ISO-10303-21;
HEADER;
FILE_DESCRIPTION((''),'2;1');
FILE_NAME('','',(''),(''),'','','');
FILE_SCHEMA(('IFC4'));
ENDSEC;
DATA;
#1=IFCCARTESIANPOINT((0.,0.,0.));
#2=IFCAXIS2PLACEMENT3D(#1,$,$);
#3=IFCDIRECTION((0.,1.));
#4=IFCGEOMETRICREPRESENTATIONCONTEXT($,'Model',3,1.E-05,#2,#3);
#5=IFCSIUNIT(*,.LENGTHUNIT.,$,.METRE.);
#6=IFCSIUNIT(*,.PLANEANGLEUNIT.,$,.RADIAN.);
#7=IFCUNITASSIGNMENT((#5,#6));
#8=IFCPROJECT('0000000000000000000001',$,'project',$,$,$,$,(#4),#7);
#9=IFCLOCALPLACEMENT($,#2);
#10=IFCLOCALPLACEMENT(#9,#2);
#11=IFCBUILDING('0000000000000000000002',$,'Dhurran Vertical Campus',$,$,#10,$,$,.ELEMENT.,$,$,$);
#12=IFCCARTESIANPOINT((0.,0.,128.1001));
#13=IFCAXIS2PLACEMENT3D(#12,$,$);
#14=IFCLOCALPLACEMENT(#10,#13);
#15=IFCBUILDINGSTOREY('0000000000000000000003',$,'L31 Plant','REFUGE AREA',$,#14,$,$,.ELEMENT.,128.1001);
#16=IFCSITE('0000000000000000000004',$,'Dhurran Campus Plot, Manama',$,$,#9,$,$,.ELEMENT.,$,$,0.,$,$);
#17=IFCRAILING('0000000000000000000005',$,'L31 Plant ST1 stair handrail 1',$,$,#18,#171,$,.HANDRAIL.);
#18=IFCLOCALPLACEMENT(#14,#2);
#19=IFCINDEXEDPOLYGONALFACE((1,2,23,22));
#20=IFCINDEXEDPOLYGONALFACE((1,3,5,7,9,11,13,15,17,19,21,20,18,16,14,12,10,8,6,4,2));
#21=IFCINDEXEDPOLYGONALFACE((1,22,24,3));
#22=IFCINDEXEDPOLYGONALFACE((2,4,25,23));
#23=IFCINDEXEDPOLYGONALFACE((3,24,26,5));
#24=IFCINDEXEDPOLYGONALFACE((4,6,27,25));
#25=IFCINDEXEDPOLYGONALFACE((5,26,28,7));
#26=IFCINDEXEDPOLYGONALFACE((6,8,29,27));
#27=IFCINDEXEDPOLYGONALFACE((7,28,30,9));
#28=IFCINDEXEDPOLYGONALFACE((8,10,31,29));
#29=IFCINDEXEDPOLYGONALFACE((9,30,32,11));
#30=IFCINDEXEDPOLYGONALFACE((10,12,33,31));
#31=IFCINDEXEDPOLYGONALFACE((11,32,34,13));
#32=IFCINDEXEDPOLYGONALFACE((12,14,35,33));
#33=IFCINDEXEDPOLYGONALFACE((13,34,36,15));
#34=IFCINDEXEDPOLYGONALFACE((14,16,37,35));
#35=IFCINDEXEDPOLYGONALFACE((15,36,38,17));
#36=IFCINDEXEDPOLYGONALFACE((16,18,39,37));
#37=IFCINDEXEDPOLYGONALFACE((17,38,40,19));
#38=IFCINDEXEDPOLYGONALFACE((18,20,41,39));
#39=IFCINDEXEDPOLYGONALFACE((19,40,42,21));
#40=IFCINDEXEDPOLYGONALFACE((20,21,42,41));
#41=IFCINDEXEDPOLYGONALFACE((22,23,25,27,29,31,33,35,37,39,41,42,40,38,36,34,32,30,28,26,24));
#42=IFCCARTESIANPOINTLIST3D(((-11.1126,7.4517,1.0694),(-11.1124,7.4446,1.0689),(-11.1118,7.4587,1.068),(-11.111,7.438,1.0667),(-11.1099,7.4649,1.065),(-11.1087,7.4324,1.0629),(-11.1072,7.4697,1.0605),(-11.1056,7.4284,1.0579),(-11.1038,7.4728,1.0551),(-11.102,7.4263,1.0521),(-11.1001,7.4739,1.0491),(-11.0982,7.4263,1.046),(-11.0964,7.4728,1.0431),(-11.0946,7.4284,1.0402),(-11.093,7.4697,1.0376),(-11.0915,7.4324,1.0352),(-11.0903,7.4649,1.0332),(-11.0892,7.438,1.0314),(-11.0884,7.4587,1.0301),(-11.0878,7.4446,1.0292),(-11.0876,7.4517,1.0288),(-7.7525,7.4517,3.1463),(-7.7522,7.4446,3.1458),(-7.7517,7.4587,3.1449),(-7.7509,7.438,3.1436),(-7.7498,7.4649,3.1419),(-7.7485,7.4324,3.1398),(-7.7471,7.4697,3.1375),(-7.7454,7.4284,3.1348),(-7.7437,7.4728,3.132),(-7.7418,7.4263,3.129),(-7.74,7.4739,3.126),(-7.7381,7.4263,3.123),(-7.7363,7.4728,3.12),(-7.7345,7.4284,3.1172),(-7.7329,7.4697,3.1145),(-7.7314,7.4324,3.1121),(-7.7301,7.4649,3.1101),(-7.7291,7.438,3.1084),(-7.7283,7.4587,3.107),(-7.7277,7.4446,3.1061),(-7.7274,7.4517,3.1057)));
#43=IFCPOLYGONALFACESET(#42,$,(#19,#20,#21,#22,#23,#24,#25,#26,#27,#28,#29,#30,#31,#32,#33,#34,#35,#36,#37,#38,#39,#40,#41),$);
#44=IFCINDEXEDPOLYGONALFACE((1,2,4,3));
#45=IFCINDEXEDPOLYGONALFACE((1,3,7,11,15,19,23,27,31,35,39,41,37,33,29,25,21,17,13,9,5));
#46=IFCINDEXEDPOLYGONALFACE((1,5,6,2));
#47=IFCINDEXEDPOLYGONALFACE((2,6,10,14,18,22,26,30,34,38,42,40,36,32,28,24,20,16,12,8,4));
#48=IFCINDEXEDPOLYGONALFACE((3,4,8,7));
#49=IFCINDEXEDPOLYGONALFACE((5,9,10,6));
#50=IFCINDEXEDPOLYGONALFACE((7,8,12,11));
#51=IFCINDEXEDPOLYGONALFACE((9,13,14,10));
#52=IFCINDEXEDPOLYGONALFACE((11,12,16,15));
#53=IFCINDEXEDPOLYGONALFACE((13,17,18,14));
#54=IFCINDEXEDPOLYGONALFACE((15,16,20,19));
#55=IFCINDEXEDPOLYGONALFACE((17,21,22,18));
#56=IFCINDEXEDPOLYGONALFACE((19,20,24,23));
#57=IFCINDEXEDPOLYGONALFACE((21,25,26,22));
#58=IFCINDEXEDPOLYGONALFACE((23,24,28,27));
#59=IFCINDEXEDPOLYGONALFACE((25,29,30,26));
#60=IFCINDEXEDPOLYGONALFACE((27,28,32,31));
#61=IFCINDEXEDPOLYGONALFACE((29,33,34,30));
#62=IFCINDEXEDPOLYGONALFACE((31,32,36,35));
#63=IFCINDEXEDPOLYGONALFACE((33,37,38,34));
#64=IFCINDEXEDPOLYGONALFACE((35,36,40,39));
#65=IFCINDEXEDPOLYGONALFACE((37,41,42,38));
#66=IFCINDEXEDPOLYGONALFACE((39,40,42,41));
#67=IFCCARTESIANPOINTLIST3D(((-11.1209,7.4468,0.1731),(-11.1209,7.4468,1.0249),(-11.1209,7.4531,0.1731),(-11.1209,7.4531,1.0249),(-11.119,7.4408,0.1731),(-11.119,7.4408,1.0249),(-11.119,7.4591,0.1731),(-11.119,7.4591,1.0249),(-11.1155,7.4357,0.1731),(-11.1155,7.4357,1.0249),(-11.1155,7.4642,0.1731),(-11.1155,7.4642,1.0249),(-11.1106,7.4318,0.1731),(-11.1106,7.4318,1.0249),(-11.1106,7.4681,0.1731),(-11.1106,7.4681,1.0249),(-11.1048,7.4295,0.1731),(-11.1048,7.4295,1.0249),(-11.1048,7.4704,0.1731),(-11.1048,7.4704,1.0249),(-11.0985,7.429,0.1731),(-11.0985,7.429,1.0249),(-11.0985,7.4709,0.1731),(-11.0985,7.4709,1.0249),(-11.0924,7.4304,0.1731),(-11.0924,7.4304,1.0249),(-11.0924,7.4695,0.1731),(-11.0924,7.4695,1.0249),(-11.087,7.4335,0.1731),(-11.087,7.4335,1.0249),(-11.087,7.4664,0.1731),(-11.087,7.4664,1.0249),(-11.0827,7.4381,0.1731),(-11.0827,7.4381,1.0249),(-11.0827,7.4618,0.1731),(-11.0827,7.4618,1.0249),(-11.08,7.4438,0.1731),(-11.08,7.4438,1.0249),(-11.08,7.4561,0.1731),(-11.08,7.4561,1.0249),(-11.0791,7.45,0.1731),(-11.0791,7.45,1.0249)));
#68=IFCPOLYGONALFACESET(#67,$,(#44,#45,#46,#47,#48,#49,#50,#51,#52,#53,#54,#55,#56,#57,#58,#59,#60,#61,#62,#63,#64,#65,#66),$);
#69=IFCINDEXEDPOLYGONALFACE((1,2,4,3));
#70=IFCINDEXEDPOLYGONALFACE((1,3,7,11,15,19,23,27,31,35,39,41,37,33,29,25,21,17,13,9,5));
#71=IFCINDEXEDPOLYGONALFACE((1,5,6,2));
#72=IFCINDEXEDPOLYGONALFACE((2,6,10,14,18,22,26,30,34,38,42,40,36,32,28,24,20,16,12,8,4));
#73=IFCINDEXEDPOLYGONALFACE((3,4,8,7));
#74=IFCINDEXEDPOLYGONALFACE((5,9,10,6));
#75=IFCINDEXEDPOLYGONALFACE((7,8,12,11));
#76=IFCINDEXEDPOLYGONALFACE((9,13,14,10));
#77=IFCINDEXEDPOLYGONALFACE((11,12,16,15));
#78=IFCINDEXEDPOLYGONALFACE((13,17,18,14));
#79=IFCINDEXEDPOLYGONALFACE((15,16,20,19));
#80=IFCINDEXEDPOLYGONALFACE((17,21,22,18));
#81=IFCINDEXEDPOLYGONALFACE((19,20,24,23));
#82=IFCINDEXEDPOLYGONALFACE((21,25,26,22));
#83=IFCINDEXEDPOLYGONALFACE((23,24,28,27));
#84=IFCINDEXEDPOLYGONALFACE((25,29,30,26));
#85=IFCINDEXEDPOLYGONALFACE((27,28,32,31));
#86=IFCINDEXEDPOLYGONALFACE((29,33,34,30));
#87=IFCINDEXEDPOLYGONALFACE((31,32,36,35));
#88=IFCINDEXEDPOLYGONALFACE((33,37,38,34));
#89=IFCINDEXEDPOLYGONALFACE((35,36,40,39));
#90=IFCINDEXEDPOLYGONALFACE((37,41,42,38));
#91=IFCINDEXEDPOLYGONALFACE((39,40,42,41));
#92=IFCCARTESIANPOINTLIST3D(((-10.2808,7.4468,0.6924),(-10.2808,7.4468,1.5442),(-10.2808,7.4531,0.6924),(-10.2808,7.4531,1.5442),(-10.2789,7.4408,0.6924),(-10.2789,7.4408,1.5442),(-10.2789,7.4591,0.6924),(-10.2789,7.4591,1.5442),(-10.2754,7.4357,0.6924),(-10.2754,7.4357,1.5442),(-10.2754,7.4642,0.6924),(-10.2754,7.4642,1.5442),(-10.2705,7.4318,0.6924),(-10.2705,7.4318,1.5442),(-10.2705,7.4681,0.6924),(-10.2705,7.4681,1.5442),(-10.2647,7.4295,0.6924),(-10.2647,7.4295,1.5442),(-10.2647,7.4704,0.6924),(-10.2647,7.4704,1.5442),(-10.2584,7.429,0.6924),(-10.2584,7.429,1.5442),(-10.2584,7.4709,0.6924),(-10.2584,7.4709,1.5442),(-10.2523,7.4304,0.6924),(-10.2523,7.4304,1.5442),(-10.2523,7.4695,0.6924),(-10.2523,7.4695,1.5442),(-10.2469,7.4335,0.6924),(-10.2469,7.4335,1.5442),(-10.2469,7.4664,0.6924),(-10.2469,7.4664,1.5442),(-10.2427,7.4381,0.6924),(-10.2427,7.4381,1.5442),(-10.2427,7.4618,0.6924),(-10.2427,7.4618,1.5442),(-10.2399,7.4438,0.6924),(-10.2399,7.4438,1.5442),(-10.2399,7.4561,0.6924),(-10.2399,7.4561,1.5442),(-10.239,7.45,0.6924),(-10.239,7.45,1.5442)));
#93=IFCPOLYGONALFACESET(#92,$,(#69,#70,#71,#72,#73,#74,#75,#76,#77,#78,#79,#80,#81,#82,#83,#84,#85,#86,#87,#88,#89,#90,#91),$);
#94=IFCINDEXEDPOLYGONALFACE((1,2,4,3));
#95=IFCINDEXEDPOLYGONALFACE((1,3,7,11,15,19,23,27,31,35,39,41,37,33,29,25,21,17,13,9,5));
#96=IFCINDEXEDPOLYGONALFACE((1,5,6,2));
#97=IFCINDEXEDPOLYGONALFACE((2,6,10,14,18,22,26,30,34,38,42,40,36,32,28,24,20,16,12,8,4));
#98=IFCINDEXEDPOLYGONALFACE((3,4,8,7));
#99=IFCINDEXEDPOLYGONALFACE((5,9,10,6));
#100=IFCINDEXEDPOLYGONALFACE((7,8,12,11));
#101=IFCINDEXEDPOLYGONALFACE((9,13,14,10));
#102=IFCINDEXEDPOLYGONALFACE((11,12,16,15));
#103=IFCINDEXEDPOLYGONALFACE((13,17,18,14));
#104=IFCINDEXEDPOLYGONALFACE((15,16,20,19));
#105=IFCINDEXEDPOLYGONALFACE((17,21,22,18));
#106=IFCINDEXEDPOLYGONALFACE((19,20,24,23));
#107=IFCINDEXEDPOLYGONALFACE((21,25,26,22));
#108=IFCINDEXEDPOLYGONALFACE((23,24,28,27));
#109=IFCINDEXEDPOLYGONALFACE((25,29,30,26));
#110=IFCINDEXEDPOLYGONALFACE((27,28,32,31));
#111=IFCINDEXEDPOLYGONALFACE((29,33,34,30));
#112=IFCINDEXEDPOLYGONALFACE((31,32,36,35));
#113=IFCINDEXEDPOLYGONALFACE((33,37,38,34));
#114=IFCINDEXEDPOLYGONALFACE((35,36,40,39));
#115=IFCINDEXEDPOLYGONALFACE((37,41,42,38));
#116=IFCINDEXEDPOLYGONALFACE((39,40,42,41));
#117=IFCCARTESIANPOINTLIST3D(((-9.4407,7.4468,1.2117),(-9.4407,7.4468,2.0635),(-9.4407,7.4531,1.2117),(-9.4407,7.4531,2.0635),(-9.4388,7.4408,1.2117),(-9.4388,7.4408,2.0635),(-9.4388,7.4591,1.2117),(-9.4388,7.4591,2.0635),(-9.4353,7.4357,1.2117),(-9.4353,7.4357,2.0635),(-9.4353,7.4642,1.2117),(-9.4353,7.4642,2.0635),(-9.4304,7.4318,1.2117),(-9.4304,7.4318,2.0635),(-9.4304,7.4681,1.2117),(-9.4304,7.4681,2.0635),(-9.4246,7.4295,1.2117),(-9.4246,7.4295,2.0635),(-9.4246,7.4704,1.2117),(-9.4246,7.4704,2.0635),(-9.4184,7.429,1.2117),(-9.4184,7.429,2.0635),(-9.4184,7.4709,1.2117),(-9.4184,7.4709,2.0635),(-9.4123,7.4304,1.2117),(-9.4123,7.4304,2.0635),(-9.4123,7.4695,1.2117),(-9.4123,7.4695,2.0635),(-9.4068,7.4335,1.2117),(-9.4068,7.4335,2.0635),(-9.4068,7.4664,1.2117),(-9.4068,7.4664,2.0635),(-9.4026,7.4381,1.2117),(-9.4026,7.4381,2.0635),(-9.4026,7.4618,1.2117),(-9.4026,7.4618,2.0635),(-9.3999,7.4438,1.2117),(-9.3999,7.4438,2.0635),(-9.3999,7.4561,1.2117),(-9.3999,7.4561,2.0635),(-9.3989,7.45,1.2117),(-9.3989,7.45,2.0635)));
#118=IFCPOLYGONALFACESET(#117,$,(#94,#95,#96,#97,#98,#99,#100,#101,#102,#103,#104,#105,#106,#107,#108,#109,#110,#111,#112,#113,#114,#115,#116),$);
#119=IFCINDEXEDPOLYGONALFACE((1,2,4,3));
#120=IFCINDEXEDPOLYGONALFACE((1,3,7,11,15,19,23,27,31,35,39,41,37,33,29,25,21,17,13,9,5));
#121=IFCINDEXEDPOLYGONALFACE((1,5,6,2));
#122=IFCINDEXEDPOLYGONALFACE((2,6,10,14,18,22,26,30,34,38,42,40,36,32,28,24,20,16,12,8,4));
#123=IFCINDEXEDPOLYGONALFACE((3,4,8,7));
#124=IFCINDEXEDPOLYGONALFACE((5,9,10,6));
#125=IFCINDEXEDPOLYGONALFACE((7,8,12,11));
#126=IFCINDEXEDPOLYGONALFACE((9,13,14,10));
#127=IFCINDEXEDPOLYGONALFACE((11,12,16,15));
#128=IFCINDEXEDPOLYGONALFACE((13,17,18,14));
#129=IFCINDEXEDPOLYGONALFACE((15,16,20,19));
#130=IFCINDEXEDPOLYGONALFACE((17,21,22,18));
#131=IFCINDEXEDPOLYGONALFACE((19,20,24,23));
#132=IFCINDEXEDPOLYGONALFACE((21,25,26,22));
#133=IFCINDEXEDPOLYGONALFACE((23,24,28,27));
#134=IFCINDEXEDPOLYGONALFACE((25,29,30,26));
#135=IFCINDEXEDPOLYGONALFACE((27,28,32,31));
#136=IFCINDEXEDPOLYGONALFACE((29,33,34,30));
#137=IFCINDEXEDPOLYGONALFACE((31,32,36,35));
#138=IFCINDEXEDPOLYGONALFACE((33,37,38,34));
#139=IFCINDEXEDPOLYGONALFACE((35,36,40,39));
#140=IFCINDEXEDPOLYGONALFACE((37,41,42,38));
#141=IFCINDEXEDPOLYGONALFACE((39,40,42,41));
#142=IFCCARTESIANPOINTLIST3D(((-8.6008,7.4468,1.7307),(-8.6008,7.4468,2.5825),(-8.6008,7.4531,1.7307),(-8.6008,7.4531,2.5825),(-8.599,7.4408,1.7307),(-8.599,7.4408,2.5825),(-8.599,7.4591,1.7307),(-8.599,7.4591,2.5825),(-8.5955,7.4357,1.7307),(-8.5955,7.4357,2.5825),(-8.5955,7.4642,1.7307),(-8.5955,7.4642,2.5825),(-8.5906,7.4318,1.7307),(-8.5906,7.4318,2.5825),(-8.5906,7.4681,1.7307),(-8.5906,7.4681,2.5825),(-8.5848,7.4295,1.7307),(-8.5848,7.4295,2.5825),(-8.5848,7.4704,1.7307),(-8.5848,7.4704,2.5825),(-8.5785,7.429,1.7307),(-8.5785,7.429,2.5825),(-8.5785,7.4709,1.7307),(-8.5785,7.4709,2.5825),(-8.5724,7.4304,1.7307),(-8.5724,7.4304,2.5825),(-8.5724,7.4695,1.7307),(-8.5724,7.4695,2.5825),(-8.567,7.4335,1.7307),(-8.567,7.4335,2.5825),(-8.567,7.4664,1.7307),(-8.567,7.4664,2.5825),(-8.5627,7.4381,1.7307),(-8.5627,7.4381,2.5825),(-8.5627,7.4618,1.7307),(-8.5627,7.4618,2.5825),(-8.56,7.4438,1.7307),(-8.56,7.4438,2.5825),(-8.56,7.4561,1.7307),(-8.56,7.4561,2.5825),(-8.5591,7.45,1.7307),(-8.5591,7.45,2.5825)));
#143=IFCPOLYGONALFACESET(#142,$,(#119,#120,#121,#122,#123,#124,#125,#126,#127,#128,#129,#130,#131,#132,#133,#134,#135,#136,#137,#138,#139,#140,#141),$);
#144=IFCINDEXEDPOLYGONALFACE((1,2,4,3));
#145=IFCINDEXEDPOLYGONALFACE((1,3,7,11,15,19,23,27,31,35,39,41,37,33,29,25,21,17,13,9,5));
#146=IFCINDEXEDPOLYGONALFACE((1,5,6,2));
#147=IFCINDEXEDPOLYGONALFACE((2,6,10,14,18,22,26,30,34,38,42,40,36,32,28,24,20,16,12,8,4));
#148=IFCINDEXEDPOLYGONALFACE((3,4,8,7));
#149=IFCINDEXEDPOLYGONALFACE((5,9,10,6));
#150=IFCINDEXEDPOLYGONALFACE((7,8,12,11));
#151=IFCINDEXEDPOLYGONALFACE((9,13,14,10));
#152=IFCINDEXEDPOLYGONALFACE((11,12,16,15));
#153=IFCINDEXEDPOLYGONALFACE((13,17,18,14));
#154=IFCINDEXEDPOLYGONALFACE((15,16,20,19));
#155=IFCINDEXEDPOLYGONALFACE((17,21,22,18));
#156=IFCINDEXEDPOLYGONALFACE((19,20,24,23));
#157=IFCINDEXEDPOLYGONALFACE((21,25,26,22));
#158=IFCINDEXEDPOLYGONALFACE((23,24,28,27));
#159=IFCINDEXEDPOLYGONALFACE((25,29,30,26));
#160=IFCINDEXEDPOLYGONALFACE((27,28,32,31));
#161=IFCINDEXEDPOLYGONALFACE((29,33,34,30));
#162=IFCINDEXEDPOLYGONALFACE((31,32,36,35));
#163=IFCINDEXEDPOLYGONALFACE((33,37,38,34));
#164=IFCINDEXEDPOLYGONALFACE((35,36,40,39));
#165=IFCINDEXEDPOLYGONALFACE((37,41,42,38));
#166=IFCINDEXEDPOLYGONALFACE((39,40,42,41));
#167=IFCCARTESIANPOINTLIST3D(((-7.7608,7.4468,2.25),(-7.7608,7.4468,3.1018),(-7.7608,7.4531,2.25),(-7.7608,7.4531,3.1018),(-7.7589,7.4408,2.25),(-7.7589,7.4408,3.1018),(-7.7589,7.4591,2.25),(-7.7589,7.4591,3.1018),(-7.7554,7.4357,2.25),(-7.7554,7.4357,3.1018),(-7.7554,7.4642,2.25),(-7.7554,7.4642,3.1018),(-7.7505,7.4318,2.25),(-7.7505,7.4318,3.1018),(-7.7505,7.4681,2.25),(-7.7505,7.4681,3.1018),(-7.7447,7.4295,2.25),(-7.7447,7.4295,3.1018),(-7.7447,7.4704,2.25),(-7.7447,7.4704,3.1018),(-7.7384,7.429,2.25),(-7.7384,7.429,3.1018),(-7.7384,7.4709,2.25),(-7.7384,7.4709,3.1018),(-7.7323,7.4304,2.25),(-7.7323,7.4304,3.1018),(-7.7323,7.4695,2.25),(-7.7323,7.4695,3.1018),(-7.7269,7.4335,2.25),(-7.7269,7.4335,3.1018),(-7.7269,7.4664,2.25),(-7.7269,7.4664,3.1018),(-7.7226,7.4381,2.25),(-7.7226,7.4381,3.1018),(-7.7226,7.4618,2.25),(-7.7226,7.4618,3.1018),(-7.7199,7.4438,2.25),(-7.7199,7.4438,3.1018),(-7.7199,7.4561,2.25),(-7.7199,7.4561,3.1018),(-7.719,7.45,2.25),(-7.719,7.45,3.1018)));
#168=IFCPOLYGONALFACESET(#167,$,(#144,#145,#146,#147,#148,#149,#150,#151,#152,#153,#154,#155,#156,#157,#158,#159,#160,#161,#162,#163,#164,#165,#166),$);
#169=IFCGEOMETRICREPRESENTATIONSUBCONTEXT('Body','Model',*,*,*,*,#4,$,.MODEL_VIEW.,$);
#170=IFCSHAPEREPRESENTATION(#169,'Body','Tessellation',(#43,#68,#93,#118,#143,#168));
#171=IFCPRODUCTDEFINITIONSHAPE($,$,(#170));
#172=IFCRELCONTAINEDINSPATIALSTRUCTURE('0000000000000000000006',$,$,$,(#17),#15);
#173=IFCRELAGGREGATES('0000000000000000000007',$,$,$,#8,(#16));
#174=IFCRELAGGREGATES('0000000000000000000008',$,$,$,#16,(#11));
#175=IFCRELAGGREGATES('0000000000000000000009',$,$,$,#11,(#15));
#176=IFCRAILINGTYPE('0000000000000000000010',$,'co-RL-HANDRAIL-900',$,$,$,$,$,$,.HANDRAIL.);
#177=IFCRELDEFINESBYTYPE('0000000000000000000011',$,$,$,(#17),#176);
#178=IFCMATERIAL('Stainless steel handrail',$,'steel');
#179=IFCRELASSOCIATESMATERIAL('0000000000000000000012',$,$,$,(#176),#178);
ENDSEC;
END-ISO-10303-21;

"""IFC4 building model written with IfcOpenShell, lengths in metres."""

from ifc_helpers import new_model, si_unit, direction, frame, origin, origin_2d, place, context, subcontext, project, spatial, circle, extrude, material, type_object, element, save


model = new_model("IFC4")

# Units and contexts
model_context = context("Model", 3, precision=1e-05, world=origin(), true_north=direction((0.0, 1.0)))
body_context = subcontext(model_context, "Body", "Model", "MODEL_VIEW")
ifc_project = project(units=[si_unit("LENGTHUNIT", "METRE"), si_unit("PLANEANGLEUNIT", "RADIAN")], contexts=[model_context])

# Site, building, storey
site_placement = place(None, origin())
site = spatial("IfcSite", under=ifc_project, at=site_placement, Name="Dhurran Campus Plot, Manama", CompositionType="ELEMENT", RefElevation=0.0)
building_placement = place(site_placement, origin())
building = spatial("IfcBuilding", under=site, at=building_placement, Name="Dhurran Vertical Campus", CompositionType="ELEMENT")
storey_placement = place(building_placement, frame((0.0, 0.0, 128.1001)))
storey = spatial("IfcBuildingStorey", under=building, at=storey_placement, Name="L31 Plant", Description="REFUGE AREA", CompositionType="ELEMENT", Elevation=128.1001)

# Railing
ifc_material_1 = material(Name="Stainless steel handrail", Category="steel")
railing_type_1 = type_object("IfcRailingType", Name="co-RL-HANDRAIL-900", PredefinedType="HANDRAIL", material=ifc_material_1)
railing_1_placement = place(storey_placement, frame((-11.1001, 7.45, 0.1731)))
element("IfcRailing", 1, at=railing_1_placement, inside=storey, type_object=railing_type_1, Name="L31 Plant ST1 stair handrail 1", PredefinedType="HANDRAIL", context=body_context, shape_type="SweptSolid", body=[
    extrude(circle(Radius=0.0239, at=origin_2d()), frame((0.0, 0.0, 0.876), z_axis=(0.850623, 0.0, 0.525776), x_axis=(0.0, 1.0, 0.0)), (0.0, 0.0, 1.0), 3.9502),
    extrude(circle(Radius=0.021, at=origin_2d()), origin(), (0.0, 0.0, 1.0), 0.8518),
    extrude(circle(Radius=0.021, at=origin_2d()), frame((0.8401, 0.0, 0.5193)), (0.0, 0.0, 1.0), 0.8518),
    extrude(circle(Radius=0.021, at=origin_2d()), frame((1.6802, 0.0, 1.0386)), (0.0, 0.0, 1.0), 0.8518),
    extrude(circle(Radius=0.021, at=origin_2d()), frame((2.52, 0.0, 1.5576)), (0.0, 0.0, 1.0), 0.8518),
    extrude(circle(Radius=0.021, at=origin_2d()), frame((3.3601, 0.0, 2.0769)), (0.0, 0.0, 1.0), 0.8518),
])

save(model, "model.ifc")
